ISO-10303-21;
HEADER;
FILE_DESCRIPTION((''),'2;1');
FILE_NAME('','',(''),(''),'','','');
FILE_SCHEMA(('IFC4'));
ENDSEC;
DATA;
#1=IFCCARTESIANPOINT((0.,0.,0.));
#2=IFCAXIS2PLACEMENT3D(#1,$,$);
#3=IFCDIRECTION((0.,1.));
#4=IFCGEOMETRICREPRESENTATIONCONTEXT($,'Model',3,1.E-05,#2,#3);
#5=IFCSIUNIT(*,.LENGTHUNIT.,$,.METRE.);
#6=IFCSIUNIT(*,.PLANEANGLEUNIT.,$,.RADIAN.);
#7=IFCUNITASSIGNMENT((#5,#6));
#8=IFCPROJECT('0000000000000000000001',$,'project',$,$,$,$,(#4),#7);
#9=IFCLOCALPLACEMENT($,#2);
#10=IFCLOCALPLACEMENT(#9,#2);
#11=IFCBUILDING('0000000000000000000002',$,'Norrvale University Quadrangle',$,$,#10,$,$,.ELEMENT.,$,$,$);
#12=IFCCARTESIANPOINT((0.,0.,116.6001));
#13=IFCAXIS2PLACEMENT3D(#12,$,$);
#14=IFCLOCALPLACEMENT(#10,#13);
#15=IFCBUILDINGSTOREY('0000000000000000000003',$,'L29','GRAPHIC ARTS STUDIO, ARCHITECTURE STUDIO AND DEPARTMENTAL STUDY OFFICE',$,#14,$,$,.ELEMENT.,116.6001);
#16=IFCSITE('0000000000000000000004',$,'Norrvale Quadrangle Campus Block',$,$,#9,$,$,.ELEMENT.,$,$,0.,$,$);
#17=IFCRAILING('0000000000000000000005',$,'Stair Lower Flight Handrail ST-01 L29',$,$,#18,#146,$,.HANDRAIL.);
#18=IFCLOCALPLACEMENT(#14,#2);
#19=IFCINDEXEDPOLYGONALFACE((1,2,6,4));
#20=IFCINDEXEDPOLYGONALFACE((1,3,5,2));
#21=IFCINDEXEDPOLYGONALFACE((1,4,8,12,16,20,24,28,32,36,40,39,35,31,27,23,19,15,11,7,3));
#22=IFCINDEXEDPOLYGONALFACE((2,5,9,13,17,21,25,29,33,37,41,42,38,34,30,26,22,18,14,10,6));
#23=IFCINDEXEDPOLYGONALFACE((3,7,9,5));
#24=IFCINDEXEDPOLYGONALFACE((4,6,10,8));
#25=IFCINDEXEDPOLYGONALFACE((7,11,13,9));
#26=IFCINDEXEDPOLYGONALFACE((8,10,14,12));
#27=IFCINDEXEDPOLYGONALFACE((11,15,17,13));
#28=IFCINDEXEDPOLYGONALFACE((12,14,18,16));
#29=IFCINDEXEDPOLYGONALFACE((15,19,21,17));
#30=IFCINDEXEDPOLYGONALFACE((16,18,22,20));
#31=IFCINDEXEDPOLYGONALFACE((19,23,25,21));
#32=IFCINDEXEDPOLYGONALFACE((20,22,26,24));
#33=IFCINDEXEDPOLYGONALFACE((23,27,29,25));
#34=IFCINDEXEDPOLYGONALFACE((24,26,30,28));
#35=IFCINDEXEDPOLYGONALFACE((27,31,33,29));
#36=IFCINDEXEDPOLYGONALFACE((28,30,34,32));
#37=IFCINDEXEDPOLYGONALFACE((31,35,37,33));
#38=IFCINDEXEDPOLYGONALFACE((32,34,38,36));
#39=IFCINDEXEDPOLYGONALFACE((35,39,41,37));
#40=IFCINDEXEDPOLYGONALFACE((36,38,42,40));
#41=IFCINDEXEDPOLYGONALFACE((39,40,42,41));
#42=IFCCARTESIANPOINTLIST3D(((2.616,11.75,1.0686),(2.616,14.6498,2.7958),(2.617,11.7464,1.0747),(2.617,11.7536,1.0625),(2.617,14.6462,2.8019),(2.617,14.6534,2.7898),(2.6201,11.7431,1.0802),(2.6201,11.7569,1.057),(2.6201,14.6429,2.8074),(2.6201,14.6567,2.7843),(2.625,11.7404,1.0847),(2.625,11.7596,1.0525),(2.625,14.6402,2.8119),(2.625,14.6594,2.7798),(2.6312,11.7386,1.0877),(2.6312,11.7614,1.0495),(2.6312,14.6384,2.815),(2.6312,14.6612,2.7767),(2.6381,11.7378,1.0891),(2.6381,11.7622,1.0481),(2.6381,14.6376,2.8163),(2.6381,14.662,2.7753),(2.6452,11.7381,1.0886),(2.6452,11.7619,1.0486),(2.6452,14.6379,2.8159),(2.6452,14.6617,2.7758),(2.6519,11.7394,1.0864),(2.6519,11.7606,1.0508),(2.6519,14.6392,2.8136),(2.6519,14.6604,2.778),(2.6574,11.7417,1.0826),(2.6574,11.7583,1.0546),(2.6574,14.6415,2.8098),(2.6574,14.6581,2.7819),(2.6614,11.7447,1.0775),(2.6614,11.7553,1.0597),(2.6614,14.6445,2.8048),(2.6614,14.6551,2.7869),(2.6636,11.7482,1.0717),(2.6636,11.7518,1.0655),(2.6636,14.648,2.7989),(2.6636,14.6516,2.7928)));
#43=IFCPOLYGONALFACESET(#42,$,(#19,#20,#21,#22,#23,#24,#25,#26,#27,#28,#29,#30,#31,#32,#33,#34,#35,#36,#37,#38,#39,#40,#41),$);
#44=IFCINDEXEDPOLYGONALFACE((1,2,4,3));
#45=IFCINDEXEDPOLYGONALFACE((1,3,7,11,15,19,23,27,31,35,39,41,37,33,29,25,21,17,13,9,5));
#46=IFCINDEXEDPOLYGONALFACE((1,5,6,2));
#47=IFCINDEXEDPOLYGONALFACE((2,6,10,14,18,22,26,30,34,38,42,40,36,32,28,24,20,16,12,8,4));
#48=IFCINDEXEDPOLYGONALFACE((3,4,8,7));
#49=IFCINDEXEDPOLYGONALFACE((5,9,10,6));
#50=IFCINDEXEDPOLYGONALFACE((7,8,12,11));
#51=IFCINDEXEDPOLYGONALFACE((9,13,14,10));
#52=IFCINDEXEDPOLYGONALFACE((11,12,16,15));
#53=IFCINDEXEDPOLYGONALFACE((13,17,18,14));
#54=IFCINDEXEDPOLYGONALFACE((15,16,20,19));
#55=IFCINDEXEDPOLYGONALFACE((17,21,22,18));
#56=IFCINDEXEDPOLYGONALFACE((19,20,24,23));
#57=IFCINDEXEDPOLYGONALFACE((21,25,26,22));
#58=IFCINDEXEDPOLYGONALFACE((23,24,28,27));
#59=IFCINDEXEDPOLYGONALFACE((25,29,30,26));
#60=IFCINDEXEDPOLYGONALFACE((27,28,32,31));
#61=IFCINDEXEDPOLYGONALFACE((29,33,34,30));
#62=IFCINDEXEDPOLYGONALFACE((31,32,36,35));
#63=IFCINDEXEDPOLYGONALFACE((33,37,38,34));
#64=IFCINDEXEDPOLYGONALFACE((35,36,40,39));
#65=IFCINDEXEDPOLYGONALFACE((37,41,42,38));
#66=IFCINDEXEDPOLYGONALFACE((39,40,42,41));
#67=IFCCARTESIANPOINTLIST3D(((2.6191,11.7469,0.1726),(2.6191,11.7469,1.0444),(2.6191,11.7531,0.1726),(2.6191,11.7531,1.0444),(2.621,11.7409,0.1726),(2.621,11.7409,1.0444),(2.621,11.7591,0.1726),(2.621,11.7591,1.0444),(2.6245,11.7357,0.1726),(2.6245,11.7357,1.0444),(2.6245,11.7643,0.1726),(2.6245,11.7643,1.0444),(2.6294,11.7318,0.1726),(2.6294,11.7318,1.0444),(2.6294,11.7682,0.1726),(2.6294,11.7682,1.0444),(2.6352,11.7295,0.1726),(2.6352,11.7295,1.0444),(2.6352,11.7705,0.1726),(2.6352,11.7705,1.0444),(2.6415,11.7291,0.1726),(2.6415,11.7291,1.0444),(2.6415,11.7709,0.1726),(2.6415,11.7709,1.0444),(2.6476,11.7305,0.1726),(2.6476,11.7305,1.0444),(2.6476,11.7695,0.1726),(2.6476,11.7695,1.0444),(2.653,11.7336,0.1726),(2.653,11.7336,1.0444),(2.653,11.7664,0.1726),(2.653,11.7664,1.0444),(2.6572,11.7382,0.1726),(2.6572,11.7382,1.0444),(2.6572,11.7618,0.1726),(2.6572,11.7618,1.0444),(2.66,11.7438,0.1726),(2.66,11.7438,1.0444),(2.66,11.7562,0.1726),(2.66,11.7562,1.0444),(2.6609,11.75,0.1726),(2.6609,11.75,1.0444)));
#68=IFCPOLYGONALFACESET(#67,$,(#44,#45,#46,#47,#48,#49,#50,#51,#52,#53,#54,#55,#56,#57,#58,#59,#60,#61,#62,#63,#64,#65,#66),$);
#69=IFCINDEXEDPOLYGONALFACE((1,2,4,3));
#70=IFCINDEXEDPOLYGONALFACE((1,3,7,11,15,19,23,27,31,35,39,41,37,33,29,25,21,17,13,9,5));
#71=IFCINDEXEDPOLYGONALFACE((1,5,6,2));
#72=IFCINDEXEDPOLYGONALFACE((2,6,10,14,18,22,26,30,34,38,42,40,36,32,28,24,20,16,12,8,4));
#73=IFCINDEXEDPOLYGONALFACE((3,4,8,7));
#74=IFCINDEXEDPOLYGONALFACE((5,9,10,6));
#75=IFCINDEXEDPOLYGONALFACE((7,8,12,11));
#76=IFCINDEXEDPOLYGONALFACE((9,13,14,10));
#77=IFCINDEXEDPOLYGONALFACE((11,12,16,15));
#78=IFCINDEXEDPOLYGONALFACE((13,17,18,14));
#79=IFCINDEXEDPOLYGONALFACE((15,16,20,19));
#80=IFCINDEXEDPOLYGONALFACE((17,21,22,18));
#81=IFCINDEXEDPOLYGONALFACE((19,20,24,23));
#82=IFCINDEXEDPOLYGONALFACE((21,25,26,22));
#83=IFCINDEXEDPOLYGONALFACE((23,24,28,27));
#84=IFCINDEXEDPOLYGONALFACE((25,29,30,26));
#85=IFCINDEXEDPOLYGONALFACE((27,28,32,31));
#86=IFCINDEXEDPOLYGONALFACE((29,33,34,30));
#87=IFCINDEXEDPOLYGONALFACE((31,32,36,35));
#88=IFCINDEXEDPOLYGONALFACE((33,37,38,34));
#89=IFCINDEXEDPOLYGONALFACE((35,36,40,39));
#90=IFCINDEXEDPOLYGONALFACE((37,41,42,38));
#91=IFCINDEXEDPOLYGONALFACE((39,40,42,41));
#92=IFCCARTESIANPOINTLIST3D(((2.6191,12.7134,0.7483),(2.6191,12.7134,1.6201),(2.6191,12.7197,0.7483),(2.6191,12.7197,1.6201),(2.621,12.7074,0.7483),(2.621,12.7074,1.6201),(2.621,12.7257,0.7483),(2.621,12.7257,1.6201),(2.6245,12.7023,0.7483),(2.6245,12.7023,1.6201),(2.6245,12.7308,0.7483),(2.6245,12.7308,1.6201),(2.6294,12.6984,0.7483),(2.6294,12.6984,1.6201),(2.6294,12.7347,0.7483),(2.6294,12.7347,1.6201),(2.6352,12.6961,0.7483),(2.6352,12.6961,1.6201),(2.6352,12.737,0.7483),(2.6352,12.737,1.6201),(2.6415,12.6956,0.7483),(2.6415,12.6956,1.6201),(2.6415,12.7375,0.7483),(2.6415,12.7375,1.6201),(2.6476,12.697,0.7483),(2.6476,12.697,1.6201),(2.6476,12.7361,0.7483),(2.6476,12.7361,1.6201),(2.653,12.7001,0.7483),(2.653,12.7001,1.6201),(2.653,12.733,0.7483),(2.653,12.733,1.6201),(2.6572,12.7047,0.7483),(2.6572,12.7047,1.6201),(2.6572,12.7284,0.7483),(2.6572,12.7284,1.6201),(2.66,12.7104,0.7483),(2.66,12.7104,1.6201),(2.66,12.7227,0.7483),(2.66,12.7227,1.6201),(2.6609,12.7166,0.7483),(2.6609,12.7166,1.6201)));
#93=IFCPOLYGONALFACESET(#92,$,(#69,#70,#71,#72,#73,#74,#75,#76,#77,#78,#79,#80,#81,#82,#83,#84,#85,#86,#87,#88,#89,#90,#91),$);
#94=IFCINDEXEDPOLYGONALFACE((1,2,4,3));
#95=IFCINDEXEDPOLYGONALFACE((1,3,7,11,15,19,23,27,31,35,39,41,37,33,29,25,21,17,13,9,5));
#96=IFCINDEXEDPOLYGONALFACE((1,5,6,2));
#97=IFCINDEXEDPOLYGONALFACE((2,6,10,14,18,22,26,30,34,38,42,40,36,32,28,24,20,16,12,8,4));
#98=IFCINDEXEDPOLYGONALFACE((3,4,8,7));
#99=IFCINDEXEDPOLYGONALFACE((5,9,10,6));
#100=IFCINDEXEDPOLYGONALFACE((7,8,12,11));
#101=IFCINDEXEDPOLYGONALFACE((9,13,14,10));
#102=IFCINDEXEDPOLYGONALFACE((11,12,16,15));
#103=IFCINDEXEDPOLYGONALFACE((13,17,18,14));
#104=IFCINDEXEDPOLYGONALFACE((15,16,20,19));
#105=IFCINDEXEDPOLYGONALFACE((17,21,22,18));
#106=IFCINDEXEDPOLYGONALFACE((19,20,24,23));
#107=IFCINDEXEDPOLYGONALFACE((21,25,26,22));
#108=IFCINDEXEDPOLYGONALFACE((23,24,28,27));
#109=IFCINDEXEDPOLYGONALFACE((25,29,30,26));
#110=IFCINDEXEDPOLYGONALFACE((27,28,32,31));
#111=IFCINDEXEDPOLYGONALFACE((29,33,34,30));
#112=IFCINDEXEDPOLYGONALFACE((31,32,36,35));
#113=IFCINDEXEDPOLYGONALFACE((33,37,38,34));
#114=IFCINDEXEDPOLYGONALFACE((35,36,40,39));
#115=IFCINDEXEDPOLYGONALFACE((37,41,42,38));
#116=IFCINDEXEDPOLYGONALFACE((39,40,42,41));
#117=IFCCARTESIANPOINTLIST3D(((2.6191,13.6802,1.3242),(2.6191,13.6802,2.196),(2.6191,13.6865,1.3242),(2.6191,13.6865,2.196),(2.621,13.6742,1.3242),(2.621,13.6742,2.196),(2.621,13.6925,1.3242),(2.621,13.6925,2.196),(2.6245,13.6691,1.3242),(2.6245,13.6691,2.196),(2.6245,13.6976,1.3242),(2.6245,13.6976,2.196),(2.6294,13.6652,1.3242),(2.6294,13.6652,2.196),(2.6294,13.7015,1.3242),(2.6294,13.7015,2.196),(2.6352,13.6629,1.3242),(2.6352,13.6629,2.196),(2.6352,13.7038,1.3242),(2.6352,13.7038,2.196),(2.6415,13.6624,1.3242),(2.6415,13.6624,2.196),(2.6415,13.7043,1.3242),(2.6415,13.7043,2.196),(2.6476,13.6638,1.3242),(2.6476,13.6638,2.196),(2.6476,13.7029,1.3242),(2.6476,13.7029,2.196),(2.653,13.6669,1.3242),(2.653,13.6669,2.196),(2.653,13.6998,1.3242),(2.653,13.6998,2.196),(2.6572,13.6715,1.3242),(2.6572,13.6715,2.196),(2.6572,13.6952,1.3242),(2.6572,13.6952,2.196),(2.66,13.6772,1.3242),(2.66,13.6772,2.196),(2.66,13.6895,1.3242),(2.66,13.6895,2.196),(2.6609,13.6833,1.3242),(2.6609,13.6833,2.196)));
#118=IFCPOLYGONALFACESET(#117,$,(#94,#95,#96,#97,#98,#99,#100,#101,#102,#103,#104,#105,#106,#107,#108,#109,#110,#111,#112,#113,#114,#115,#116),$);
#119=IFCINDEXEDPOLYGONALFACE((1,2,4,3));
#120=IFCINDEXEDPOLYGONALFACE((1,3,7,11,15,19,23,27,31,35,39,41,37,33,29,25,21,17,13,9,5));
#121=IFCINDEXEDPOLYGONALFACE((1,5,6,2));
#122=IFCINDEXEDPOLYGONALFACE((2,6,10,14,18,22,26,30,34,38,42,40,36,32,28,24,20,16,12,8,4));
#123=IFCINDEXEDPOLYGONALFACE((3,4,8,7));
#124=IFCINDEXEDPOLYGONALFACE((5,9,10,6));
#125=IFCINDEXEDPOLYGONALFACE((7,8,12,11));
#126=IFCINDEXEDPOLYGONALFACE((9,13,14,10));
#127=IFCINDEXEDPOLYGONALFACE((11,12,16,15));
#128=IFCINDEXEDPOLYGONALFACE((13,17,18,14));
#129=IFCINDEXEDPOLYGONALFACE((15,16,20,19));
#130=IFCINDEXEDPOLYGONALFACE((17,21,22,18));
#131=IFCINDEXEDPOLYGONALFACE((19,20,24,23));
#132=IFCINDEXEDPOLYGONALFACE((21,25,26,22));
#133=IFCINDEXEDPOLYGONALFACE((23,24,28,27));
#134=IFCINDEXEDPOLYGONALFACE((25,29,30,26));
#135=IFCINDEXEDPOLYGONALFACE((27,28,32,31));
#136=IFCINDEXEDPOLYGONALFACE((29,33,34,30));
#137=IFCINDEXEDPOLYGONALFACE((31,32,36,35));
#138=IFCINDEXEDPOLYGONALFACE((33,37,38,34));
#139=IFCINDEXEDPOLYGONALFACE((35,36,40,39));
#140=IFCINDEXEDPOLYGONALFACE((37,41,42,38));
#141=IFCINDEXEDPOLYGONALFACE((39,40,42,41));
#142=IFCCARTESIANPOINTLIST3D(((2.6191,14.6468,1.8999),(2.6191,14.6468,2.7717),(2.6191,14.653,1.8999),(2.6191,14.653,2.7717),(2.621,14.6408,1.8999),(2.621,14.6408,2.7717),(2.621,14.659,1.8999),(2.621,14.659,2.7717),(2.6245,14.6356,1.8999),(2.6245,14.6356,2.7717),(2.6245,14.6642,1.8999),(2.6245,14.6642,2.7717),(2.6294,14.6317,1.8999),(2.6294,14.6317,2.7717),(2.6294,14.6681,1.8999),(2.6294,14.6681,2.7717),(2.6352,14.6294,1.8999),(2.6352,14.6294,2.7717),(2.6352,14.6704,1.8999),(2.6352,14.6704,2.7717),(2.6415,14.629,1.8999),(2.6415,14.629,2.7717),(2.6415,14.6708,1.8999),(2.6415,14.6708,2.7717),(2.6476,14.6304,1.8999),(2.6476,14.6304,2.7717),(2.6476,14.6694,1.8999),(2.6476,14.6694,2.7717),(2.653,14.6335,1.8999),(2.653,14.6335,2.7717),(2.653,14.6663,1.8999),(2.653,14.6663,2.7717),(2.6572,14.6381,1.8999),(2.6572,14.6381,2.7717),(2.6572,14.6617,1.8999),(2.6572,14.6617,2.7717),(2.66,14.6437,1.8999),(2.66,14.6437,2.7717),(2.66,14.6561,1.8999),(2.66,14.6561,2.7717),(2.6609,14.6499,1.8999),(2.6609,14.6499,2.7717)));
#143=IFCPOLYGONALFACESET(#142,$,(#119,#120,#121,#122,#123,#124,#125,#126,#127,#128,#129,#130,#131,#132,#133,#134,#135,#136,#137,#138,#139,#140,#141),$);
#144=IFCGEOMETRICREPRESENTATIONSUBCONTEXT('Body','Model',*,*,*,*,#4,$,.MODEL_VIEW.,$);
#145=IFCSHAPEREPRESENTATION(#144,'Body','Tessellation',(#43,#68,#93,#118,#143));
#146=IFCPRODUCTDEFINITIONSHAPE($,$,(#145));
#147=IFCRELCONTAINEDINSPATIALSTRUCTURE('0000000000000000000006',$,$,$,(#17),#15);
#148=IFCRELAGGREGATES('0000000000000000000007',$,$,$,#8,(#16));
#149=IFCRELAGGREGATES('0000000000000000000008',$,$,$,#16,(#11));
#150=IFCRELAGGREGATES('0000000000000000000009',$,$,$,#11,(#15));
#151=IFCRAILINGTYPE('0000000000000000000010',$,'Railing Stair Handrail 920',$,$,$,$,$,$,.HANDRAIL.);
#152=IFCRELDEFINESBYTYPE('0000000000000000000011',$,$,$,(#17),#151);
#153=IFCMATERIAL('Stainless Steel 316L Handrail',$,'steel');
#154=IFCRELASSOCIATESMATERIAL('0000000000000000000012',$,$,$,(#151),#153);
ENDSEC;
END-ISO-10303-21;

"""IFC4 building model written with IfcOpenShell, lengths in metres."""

from ifc_helpers import new_model, si_unit, direction, frame, origin, origin_2d, place, context, subcontext, project, spatial, circle, extrude, material, type_object, element, save


model = new_model("IFC4")

# Units and contexts
model_context = context("Model", 3, precision=1e-05, world=origin(), true_north=direction((0.0, 1.0)))
body_context = subcontext(model_context, "Body", "Model", "MODEL_VIEW")
ifc_project = project(units=[si_unit("LENGTHUNIT", "METRE"), si_unit("PLANEANGLEUNIT", "RADIAN")], contexts=[model_context])

# Site, building, storey
site_placement = place(None, origin())
site = spatial("IfcSite", under=ifc_project, at=site_placement, Name="Norrvale Quadrangle Campus Block", CompositionType="ELEMENT", RefElevation=0.0)
building_placement = place(site_placement, origin())
building = spatial("IfcBuilding", under=site, at=building_placement, Name="Norrvale University Quadrangle", CompositionType="ELEMENT")
storey_placement = place(building_placement, frame((0.0, 0.0, 116.6001)))
storey = spatial("IfcBuildingStorey", under=building, at=storey_placement, Name="L29", Description="GRAPHIC ARTS STUDIO, ARCHITECTURE STUDIO AND DEPARTMENTAL STUDY OFFICE", CompositionType="ELEMENT", Elevation=116.6001)

# Railing
ifc_material_1 = material(Name="Stainless Steel 316L Handrail", Category="steel")
railing_type_1 = type_object("IfcRailingType", Name="Railing Stair Handrail 920", PredefinedType="HANDRAIL", material=ifc_material_1)
railing_1_placement = place(storey_placement, frame((2.6399, 11.75, 0.1726)))
element("IfcRailing", 1, at=railing_1_placement, inside=storey, type_object=railing_type_1, Name="Stair Lower Flight Handrail ST-01 L29", PredefinedType="HANDRAIL", context=body_context, shape_type="SweptSolid", body=[
    extrude(circle(Radius=0.0239, at=origin_2d()), frame((0.0, 0.0, 0.896), z_axis=(0.0, 0.859141, 0.511738), x_axis=(-1.0, 0.0, 0.0)), (0.0, 0.0, 1.0), 3.3752),
    extrude(circle(Radius=0.021, at=origin_2d()), origin(), (0.0, 0.0, 1.0), 0.8718),
    extrude(circle(Radius=0.021, at=origin_2d()), frame((0.0, 0.9666, 0.5757)), (0.0, 0.0, 1.0), 0.8718),
    extrude(circle(Radius=0.021, at=origin_2d()), frame((0.0, 1.9333, 1.1516)), (0.0, 0.0, 1.0), 0.8718),
    extrude(circle(Radius=0.021, at=origin_2d()), frame((0.0, 2.8999, 1.7273)), (0.0, 0.0, 1.0), 0.8718),
])

save(model, "model.ifc")
